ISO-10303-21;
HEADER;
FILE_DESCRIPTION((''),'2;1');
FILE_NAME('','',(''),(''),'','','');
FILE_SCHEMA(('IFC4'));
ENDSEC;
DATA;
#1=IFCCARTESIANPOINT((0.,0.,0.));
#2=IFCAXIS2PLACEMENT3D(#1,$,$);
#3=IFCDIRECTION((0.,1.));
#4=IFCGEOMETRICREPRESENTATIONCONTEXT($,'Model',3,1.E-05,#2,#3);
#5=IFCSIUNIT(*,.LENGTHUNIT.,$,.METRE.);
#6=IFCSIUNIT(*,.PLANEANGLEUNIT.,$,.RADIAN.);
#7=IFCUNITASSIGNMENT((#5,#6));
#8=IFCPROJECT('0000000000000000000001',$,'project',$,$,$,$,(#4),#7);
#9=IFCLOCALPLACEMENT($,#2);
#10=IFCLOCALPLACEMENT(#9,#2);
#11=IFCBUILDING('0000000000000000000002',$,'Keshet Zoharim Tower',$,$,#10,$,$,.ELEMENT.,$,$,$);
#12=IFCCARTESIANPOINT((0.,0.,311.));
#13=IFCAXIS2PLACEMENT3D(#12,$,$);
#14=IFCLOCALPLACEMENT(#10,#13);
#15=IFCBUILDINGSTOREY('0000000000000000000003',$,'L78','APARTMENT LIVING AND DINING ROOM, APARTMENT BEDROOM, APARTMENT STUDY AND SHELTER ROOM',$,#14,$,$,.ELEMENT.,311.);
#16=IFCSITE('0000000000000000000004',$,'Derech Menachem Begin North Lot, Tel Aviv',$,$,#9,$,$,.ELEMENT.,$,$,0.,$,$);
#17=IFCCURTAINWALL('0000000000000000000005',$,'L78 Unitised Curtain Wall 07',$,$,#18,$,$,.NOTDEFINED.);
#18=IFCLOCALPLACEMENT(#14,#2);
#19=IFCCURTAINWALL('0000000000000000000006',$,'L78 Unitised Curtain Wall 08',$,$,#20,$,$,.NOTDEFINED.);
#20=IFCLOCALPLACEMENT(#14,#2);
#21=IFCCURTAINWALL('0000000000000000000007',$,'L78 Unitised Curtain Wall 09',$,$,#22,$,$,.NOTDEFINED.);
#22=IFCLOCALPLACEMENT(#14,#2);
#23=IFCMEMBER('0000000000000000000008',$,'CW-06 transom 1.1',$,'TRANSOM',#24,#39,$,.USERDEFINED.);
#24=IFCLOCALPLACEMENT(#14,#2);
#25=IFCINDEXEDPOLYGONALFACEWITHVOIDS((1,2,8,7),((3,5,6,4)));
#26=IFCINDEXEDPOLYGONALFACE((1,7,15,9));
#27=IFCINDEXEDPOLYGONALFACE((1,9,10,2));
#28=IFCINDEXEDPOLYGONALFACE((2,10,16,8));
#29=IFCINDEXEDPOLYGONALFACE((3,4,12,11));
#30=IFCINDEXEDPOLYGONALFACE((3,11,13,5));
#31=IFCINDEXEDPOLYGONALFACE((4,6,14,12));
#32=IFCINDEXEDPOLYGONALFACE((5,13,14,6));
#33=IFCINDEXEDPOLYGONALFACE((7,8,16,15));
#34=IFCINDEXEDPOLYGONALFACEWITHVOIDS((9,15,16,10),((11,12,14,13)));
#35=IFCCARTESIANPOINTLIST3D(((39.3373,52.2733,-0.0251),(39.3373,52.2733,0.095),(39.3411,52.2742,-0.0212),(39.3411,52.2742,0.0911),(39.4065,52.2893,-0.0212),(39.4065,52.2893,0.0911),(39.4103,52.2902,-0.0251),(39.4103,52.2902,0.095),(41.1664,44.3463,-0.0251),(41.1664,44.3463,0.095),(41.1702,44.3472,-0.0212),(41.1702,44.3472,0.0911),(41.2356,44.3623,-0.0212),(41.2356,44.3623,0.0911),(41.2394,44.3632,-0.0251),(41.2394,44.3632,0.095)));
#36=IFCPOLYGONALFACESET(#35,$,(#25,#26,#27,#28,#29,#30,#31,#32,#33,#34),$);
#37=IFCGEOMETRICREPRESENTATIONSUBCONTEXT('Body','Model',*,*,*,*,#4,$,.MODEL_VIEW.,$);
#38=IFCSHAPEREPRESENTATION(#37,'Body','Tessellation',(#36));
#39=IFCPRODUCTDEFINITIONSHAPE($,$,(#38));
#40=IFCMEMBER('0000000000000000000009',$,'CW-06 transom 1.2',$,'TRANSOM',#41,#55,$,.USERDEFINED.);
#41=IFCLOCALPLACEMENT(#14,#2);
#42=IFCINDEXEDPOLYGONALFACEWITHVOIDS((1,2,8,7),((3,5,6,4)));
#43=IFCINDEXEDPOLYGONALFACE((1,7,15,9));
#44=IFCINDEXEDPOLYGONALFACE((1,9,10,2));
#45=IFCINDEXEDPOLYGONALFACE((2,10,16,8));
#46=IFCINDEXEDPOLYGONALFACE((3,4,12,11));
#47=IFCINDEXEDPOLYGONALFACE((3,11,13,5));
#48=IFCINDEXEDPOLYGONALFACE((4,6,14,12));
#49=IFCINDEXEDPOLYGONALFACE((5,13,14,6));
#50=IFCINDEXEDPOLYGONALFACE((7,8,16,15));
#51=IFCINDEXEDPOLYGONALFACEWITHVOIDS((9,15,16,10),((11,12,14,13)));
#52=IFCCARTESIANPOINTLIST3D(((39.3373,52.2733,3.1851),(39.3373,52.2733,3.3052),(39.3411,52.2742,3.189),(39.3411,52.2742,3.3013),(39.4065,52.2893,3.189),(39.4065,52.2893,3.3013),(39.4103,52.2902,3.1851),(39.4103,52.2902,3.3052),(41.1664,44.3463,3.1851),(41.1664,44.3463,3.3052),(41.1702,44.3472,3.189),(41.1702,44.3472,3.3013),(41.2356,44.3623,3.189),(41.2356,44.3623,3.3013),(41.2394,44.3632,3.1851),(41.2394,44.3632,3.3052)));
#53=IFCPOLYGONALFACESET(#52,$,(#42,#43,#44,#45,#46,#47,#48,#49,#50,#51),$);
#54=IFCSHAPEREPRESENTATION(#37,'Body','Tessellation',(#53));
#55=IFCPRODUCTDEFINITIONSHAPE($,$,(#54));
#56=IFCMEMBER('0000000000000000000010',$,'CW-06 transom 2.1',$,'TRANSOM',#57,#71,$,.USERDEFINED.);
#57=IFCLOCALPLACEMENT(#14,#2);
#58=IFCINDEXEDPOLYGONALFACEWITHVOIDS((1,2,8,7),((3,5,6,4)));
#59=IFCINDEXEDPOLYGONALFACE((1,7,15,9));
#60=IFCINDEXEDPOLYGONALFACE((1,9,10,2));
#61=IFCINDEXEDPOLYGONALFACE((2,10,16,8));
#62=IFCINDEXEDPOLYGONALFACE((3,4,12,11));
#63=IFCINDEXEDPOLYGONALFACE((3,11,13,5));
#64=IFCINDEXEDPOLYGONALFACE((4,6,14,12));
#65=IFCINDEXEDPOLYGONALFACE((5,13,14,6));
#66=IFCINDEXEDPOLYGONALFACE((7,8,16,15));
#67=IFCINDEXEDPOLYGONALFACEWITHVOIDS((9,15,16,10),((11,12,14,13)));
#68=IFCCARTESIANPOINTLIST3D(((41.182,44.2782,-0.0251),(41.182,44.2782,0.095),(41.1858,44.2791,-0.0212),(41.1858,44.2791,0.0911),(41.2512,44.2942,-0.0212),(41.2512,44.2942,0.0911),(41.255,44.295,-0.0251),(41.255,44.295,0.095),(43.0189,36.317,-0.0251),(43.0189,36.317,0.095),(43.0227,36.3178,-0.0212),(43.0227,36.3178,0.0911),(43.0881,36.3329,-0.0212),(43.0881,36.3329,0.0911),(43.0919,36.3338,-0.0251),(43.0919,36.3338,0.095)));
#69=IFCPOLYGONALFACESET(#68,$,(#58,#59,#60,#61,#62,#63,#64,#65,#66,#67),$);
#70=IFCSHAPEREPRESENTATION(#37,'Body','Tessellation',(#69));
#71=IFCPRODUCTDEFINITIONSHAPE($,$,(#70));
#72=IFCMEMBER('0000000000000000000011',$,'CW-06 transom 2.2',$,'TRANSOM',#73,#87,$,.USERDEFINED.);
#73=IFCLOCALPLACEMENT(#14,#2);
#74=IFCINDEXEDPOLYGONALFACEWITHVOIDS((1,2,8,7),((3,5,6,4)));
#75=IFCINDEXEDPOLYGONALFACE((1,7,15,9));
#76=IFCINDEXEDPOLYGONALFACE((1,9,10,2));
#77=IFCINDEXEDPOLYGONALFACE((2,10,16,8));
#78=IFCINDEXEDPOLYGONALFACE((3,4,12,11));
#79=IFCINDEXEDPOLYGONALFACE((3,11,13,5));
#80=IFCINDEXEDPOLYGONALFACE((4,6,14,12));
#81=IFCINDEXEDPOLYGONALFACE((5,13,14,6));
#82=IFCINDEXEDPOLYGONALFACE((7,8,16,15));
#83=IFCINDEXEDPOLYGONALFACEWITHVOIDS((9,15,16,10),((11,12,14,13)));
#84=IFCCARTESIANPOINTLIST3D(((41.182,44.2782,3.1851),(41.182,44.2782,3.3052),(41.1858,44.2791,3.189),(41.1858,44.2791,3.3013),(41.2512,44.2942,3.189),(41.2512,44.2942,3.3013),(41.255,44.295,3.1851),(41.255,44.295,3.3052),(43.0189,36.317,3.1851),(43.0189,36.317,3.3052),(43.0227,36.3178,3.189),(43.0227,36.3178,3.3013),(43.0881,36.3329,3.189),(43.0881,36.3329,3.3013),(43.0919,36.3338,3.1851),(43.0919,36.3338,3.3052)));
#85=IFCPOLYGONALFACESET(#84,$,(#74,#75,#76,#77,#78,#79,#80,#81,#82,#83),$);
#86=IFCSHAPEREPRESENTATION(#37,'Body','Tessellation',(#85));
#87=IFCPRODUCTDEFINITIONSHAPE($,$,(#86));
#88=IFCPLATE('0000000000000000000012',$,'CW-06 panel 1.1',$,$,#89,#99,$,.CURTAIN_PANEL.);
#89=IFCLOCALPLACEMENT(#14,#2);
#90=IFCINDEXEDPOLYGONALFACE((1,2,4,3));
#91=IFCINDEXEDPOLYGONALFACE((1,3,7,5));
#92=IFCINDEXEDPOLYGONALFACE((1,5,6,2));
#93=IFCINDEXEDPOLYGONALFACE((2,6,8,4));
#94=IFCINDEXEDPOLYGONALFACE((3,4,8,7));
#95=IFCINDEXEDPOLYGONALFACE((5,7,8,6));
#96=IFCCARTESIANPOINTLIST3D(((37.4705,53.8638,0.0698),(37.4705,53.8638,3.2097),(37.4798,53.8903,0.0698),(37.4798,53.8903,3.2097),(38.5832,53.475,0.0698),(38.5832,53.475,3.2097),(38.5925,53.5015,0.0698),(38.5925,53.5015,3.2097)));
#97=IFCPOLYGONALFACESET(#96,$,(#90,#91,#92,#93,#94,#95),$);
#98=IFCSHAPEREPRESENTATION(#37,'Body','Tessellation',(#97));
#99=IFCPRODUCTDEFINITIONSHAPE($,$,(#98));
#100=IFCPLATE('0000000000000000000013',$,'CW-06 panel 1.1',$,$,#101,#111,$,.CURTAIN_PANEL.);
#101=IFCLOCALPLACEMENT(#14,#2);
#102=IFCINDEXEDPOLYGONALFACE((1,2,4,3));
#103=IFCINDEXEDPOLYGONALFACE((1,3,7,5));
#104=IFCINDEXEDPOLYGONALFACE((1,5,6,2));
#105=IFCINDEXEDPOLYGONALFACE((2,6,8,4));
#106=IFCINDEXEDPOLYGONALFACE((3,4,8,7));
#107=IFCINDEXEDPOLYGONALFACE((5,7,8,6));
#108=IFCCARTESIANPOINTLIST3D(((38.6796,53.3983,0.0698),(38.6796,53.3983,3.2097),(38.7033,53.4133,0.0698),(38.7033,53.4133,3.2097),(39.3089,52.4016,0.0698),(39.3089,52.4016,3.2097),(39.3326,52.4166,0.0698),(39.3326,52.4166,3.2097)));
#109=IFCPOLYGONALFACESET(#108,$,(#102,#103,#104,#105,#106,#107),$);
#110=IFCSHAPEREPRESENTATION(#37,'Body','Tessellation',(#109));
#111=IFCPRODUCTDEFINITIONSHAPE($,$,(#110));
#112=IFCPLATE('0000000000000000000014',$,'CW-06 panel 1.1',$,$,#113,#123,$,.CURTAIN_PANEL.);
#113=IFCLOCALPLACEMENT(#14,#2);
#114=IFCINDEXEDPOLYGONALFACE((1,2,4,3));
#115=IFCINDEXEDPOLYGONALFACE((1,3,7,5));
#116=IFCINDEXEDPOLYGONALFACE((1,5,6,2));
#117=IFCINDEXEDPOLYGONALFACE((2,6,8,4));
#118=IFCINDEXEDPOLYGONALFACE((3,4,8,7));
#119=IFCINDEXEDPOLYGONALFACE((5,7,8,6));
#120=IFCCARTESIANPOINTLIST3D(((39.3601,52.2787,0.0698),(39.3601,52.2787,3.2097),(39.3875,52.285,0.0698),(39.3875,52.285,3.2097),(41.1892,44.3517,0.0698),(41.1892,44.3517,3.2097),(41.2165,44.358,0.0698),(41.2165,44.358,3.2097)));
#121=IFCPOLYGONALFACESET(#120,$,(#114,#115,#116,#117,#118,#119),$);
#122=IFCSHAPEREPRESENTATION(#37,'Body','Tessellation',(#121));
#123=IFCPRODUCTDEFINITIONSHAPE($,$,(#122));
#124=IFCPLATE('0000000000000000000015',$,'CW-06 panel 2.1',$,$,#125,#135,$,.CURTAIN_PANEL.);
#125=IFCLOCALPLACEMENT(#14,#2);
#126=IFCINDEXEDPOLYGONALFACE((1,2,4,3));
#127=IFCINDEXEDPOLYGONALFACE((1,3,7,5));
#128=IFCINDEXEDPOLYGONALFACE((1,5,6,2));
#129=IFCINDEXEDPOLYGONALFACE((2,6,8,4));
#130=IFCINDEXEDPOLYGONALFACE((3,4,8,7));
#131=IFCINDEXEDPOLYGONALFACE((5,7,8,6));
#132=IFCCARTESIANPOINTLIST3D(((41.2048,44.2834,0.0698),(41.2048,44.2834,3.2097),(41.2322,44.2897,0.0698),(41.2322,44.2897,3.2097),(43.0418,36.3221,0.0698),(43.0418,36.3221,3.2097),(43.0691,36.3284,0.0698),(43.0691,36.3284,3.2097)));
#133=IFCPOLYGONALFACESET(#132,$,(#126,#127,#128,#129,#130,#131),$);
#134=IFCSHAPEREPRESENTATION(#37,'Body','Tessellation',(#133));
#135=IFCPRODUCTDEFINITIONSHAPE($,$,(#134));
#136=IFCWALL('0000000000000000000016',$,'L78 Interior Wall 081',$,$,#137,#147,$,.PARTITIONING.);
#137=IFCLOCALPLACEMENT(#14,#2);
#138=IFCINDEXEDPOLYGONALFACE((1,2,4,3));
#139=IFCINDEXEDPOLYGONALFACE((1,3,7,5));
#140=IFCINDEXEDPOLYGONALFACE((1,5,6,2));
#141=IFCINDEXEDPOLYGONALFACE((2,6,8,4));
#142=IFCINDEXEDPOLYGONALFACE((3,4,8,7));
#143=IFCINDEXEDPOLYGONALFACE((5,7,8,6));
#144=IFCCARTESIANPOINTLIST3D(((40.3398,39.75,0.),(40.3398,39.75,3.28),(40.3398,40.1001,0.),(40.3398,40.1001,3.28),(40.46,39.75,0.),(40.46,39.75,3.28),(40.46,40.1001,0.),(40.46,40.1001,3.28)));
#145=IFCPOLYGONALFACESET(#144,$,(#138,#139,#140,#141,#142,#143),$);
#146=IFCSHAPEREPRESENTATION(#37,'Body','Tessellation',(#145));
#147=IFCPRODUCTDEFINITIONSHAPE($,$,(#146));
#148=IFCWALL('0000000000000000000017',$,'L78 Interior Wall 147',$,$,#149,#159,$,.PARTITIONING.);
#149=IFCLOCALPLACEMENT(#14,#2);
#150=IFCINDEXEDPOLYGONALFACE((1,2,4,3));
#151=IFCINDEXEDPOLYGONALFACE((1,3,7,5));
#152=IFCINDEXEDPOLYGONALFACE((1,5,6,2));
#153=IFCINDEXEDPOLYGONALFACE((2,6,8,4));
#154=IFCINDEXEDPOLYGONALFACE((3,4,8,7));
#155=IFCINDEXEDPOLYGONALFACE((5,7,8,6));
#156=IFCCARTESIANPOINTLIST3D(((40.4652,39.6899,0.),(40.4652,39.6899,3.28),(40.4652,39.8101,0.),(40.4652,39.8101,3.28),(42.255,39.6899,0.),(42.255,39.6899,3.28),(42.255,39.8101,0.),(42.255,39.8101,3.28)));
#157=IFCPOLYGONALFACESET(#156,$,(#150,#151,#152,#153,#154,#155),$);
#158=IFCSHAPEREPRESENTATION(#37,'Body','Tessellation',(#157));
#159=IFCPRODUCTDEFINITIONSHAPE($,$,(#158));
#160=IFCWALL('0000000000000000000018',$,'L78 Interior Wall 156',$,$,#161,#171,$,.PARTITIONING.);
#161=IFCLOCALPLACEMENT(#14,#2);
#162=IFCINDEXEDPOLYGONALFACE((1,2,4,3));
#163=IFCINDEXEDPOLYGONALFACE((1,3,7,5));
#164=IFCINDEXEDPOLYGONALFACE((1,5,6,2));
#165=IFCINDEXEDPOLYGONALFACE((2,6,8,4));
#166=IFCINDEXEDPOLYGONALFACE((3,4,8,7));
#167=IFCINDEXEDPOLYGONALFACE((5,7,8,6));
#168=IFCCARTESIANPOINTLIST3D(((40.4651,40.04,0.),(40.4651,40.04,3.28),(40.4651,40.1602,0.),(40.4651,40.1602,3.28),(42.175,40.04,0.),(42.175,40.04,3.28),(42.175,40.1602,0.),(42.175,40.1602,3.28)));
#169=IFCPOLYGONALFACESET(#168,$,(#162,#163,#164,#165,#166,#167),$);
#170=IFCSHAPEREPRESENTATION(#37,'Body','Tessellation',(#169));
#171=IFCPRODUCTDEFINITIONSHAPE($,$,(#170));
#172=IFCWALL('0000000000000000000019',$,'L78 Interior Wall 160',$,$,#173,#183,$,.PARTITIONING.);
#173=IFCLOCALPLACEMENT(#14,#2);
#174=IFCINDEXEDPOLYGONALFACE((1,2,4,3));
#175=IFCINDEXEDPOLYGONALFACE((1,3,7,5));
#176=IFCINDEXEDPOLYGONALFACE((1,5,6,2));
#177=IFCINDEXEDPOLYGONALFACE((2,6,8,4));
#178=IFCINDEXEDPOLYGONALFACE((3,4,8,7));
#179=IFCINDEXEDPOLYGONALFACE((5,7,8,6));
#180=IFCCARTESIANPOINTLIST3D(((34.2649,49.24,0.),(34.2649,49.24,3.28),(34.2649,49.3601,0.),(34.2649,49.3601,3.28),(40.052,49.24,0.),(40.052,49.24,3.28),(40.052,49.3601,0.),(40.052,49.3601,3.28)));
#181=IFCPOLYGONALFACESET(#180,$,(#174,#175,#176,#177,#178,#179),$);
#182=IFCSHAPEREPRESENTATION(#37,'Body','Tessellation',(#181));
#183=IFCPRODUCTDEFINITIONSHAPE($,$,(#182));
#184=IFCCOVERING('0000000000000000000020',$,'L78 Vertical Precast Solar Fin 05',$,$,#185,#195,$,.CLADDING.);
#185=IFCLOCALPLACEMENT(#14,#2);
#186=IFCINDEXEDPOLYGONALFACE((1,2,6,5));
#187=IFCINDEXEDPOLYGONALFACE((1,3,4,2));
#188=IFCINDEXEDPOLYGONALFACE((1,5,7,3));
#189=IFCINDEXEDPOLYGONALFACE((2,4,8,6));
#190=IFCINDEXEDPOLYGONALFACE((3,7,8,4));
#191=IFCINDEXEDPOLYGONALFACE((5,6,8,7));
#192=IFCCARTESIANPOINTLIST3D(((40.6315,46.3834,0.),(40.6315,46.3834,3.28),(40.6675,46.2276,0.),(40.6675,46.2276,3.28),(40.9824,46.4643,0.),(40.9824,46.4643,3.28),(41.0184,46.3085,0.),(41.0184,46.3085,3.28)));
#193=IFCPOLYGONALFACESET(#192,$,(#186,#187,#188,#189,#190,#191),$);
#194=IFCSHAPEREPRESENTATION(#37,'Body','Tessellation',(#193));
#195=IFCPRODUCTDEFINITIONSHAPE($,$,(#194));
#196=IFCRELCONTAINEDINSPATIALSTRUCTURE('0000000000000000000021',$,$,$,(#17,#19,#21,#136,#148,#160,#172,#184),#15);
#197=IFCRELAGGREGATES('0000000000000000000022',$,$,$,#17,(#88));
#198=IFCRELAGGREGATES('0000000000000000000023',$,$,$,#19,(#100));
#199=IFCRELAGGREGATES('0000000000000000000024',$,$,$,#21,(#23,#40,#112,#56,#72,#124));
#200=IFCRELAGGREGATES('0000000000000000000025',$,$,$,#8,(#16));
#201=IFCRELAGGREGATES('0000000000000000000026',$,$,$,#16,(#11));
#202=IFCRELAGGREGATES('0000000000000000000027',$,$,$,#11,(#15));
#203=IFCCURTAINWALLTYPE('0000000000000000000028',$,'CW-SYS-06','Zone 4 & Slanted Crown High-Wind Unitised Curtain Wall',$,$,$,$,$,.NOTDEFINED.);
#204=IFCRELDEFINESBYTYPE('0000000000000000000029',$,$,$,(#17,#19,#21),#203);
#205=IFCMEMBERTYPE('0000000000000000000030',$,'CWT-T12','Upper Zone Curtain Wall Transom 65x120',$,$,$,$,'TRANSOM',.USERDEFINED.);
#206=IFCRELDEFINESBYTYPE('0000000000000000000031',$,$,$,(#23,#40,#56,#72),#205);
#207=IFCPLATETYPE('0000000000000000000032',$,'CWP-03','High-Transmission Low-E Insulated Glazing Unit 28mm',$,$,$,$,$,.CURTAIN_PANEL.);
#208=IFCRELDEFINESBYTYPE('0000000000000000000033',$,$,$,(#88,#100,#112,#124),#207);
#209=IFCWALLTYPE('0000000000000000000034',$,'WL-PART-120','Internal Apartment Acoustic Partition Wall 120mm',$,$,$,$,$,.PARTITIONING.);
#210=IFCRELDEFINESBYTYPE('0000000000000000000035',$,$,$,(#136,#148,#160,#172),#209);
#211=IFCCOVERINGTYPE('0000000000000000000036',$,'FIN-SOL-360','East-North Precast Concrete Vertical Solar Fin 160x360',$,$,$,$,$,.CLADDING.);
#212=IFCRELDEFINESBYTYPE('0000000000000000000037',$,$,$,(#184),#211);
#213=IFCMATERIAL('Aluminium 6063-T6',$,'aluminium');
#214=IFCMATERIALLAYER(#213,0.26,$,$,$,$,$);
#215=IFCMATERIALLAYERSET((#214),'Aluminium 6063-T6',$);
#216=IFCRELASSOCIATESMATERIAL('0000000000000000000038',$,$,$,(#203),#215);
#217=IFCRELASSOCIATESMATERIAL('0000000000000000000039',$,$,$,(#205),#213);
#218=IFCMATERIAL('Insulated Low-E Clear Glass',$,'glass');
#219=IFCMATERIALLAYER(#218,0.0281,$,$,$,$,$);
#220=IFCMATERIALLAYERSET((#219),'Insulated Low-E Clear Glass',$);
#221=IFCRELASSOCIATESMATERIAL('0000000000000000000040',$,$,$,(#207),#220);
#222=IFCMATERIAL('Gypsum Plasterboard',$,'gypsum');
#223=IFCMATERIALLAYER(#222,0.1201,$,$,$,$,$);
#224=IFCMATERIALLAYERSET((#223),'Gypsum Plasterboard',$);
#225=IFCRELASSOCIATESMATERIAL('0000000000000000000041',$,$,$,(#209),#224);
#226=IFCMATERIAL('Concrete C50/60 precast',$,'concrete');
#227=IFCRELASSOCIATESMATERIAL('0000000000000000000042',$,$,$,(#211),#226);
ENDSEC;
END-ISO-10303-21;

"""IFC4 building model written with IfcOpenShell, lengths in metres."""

from ifc_helpers import new_model, si_unit, direction, frame, frame_2d, origin, origin_2d, place, context, subcontext, project, spatial, rectangle, hollow_rectangle, extrude, material, layer, layer_set, material_profile, profile_set, type_object, element, aggregate, save


model = new_model("IFC4")

# Units and contexts
model_context = context("Model", 3, precision=1e-05, world=origin(), true_north=direction((0.0, 1.0)))
body_context = subcontext(model_context, "Body", "Model", "MODEL_VIEW")
ifc_project = project(units=[si_unit("LENGTHUNIT", "METRE"), si_unit("PLANEANGLEUNIT", "RADIAN")], contexts=[model_context])

# Site, building, storey
site_placement = place(None, origin())
site = spatial("IfcSite", under=ifc_project, at=site_placement, Name="Derech Menachem Begin North Lot, Tel Aviv", CompositionType="ELEMENT", RefElevation=0.0)
building_placement = place(site_placement, origin())
building = spatial("IfcBuilding", under=site, at=building_placement, Name="Keshet Zoharim Tower", CompositionType="ELEMENT")
storey_placement = place(building_placement, frame((0.0, 0.0, 311.0)))
storey = spatial("IfcBuildingStorey", under=building, at=storey_placement, Name="L78", Description="APARTMENT LIVING AND DINING ROOM, APARTMENT BEDROOM, APARTMENT STUDY AND SHELTER ROOM", CompositionType="ELEMENT", Elevation=311.0)

# Shared definitions
ifc_material_1 = material(Name="Aluminium 6063-T6", Category="aluminium")
ifc_layer_1 = layer(ifc_material_1, 0.26)
ifc_layer_set_1 = layer_set([ifc_layer_1], Name="Aluminium 6063-T6")
curtain_wall_type = type_object("IfcCurtainWallType", Name="CW-SYS-06", Description="Zone 4 & Slanted Crown High-Wind Unitised Curtain Wall", PredefinedType="NOTDEFINED", material=ifc_layer_set_1)

# Curtain walls
curtain_wall_1_placement = place(storey_placement, origin())
curtain_wall_1 = element("IfcCurtainWall", 1, at=curtain_wall_1_placement, inside=storey, type_object=curtain_wall_type, Name="L78 Unitised Curtain Wall 07", PredefinedType="NOTDEFINED")
curtain_wall_2_placement = place(storey_placement, origin())
curtain_wall_2 = element("IfcCurtainWall", 2, at=curtain_wall_2_placement, inside=storey, type_object=curtain_wall_type, Name="L78 Unitised Curtain Wall 08", PredefinedType="NOTDEFINED")
curtain_wall_3_placement = place(storey_placement, origin())
curtain_wall_3 = element("IfcCurtainWall", 3, at=curtain_wall_3_placement, inside=storey, type_object=curtain_wall_type, Name="L78 Unitised Curtain Wall 09", PredefinedType="NOTDEFINED")

# Members
ifc_material_profile_1 = material_profile(ifc_material_1, hollow_rectangle(XDim=0.075, YDim=0.1201, WallThickness=0.0039, at=origin_2d()), Name="TRN-75x120")
ifc_profile_set_1 = profile_set([ifc_material_profile_1], Name="Aluminium 6063-T6")
member_type_1 = type_object("IfcMemberType", Name="CWT-T12", Description="Upper Zone Curtain Wall Transom 65x120", ElementType="TRANSOM", PredefinedType="USERDEFINED", material=ifc_profile_set_1)
member_1_placement = place(storey_placement, frame((39.3738, 52.2817, 0.0349), z_axis=(0.224835, -0.974397, 0.0), x_axis=(0.974397, 0.224835, 0.0)))
member_1 = element("IfcMember", 4, at=member_1_placement, type_object=member_type_1, Name="CW-06 transom 1.1", ObjectType="TRANSOM", PredefinedType="USERDEFINED", context=body_context, shape_type="SweptSolid", body=[
    extrude(hollow_rectangle(XDim=0.075, YDim=0.1201, WallThickness=0.0039, at=origin_2d()), origin(), (0.0, 0.0, 1.0), 8.1353),
])
member_2_placement = place(storey_placement, frame((39.3738, 52.2817, 3.2451), z_axis=(0.224835, -0.974397, 0.0), x_axis=(0.974397, 0.224835, 0.0)))
member_2 = element("IfcMember", 5, at=member_2_placement, type_object=member_type_1, Name="CW-06 transom 1.2", ObjectType="TRANSOM", PredefinedType="USERDEFINED", context=body_context, shape_type="SweptSolid", body=[
    extrude(hollow_rectangle(XDim=0.075, YDim=0.1201, WallThickness=0.0039, at=origin_2d()), origin(), (0.0, 0.0, 1.0), 8.1353),
])
member_3_placement = place(storey_placement, frame((41.2185, 44.2866, 0.0349), z_axis=(0.224827, -0.974399, 0.0), x_axis=(0.974399, 0.224827, 0.0)))
member_3 = element("IfcMember", 6, at=member_3_placement, type_object=member_type_1, Name="CW-06 transom 2.1", ObjectType="TRANSOM", PredefinedType="USERDEFINED", context=body_context, shape_type="SweptSolid", body=[
    extrude(hollow_rectangle(XDim=0.075, YDim=0.1201, WallThickness=0.0039, at=origin_2d()), origin(), (0.0, 0.0, 1.0), 8.1704),
])
member_4_placement = place(storey_placement, frame((41.2185, 44.2866, 3.2451), z_axis=(0.224827, -0.974399, 0.0), x_axis=(0.974399, 0.224827, 0.0)))
member_4 = element("IfcMember", 7, at=member_4_placement, type_object=member_type_1, Name="CW-06 transom 2.2", ObjectType="TRANSOM", PredefinedType="USERDEFINED", context=body_context, shape_type="SweptSolid", body=[
    extrude(hollow_rectangle(XDim=0.075, YDim=0.1201, WallThickness=0.0039, at=origin_2d()), origin(), (0.0, 0.0, 1.0), 8.1704),
])

# Plates
ifc_material_2 = material(Name="Insulated Low-E Clear Glass", Category="glass")
ifc_layer_2 = layer(ifc_material_2, 0.0281)
ifc_layer_set_2 = layer_set([ifc_layer_2], Name="Insulated Low-E Clear Glass")
plate_type = type_object("IfcPlateType", Name="CWP-03", Description="High-Transmission Low-E Insulated Glazing Unit 28mm", PredefinedType="CURTAIN_PANEL", material=ifc_layer_set_2)
plate_1_placement = place(storey_placement, frame((38.0315, 53.6826, 0.0698), z_axis=(0.0, 0.0, 1.0), x_axis=(0.944036, -0.329844, 0.0)))
plate_1 = element("IfcPlate", 8, at=plate_1_placement, type_object=plate_type, Name="CW-06 panel 1.1", PredefinedType="CURTAIN_PANEL", context=body_context, shape_type="SweptSolid", body=[
    extrude(rectangle(XDim=1.1787, YDim=0.0281, at=origin_2d()), origin(), (0.0, 0.0, 1.0), 3.1399),
])
aggregate(curtain_wall_1, [plate_1])
plate_2_placement = place(storey_placement, frame((39.0061, 52.9075, 0.0698), z_axis=(0.0, 0.0, 1.0), x_axis=(0.533879, -0.845561, 0.0)))
plate_2 = element("IfcPlate", 9, at=plate_2_placement, type_object=plate_type, Name="CW-06 panel 1.1", PredefinedType="CURTAIN_PANEL", context=body_context, shape_type="SweptSolid", body=[
    extrude(rectangle(XDim=1.1787, YDim=0.0281, at=origin_2d()), origin(), (0.0, 0.0, 1.0), 3.1399),
])
aggregate(curtain_wall_2, [plate_2])
plate_3_placement = place(storey_placement, frame((40.2883, 48.3184, 0.0698), z_axis=(0.0, 0.0, 1.0), x_axis=(0.22483, -0.974398, 0.0)))
plate_3 = element("IfcPlate", 10, at=plate_3_placement, type_object=plate_type, Name="CW-06 panel 1.1", PredefinedType="CURTAIN_PANEL", context=body_context, shape_type="SweptSolid", body=[
    extrude(rectangle(XDim=8.1353, YDim=0.0281, at=origin_2d()), origin(), (0.0, 0.0, 1.0), 3.1399),
])
plate_4_placement = place(storey_placement, frame((42.137, 40.3059, 0.0698), z_axis=(0.0, 0.0, 1.0), x_axis=(0.22483, -0.974398, 0.0)))
plate_4 = element("IfcPlate", 11, at=plate_4_placement, type_object=plate_type, Name="CW-06 panel 2.1", PredefinedType="CURTAIN_PANEL", context=body_context, shape_type="SweptSolid", body=[
    extrude(rectangle(XDim=8.1704, YDim=0.0281, at=origin_2d()), origin(), (0.0, 0.0, 1.0), 3.1399),
])
aggregate(curtain_wall_3, [member_1, member_2, plate_3, member_3, member_4, plate_4])

# Walls
ifc_material_3 = material(Name="Gypsum Plasterboard", Category="gypsum")
ifc_layer_3 = layer(ifc_material_3, 0.1201)
ifc_layer_set_3 = layer_set([ifc_layer_3], Name="Gypsum Plasterboard")
wall_type = type_object("IfcWallType", Name="WL-PART-120", Description="Internal Apartment Acoustic Partition Wall 120mm", PredefinedType="PARTITIONING", material=ifc_layer_set_3)
wall_1_placement = place(storey_placement, frame((40.3999, 39.75, 0.0), z_axis=(0.0, 0.0, 1.0), x_axis=(0.0, 1.0, 0.0)))
element("IfcWall", 12, at=wall_1_placement, inside=storey, type_object=wall_type, Name="L78 Interior Wall 081", PredefinedType="PARTITIONING", context=body_context, shape_type="SweptSolid", body=[
    extrude(rectangle(XDim=0.3501, YDim=0.1201, at=frame_2d((0.175, 0.0))), origin(), (0.0, 0.0, 1.0), 3.28),
])
wall_2_placement = place(storey_placement, frame((40.4651, 39.75, 0.0), z_axis=(0.0, 0.0, 1.0), x_axis=(1.0, 0.0, 0.0)))
element("IfcWall", 13, at=wall_2_placement, inside=storey, type_object=wall_type, Name="L78 Interior Wall 147", PredefinedType="PARTITIONING", context=body_context, shape_type="SweptSolid", body=[
    extrude(rectangle(XDim=1.7898, YDim=0.1201, at=frame_2d((0.895, 0.0))), origin(), (0.0, 0.0, 1.0), 3.28),
])
wall_3_placement = place(storey_placement, frame((40.4651, 40.1001, 0.0), z_axis=(0.0, 0.0, 1.0), x_axis=(1.0, 0.0, 0.0)))
element("IfcWall", 14, at=wall_3_placement, inside=storey, type_object=wall_type, Name="L78 Interior Wall 156", PredefinedType="PARTITIONING", context=body_context, shape_type="SweptSolid", body=[
    extrude(rectangle(XDim=1.71, YDim=0.1201, at=frame_2d((0.855, 0.0))), origin(), (0.0, 0.0, 1.0), 3.28),
])
wall_4_placement = place(storey_placement, frame((34.2649, 49.3, 0.0), z_axis=(0.0, 0.0, 1.0), x_axis=(1.0, 0.0, 0.0)))
element("IfcWall", 15, at=wall_4_placement, inside=storey, type_object=wall_type, Name="L78 Interior Wall 160", PredefinedType="PARTITIONING", context=body_context, shape_type="SweptSolid", body=[
    extrude(rectangle(XDim=5.7871, YDim=0.1201, at=frame_2d((2.8936, 0.0))), origin(), (0.0, 0.0, 1.0), 3.28),
])

# Covering
ifc_material_4 = material(Name="Concrete C50/60 precast", Category="concrete")
covering_type = type_object("IfcCoveringType", Name="FIN-SOL-360", Description="East-North Precast Concrete Vertical Solar Fin 160x360", PredefinedType="CLADDING", material=ifc_material_4)
covering_placement = place(storey_placement, frame((40.825, 46.3459, 0.0), z_axis=(0.0, 0.0, 1.0), x_axis=(0.22483, -0.974398, 0.0)))
element("IfcCovering", 16, at=covering_placement, inside=storey, type_object=covering_type, Name="L78 Vertical Precast Solar Fin 05", PredefinedType="CLADDING", context=body_context, shape_type="SweptSolid", body=[
    extrude(rectangle(XDim=0.1599, YDim=0.3601, at=origin_2d()), origin(), (0.0, 0.0, 1.0), 3.28),
])

save(model, "model.ifc")
